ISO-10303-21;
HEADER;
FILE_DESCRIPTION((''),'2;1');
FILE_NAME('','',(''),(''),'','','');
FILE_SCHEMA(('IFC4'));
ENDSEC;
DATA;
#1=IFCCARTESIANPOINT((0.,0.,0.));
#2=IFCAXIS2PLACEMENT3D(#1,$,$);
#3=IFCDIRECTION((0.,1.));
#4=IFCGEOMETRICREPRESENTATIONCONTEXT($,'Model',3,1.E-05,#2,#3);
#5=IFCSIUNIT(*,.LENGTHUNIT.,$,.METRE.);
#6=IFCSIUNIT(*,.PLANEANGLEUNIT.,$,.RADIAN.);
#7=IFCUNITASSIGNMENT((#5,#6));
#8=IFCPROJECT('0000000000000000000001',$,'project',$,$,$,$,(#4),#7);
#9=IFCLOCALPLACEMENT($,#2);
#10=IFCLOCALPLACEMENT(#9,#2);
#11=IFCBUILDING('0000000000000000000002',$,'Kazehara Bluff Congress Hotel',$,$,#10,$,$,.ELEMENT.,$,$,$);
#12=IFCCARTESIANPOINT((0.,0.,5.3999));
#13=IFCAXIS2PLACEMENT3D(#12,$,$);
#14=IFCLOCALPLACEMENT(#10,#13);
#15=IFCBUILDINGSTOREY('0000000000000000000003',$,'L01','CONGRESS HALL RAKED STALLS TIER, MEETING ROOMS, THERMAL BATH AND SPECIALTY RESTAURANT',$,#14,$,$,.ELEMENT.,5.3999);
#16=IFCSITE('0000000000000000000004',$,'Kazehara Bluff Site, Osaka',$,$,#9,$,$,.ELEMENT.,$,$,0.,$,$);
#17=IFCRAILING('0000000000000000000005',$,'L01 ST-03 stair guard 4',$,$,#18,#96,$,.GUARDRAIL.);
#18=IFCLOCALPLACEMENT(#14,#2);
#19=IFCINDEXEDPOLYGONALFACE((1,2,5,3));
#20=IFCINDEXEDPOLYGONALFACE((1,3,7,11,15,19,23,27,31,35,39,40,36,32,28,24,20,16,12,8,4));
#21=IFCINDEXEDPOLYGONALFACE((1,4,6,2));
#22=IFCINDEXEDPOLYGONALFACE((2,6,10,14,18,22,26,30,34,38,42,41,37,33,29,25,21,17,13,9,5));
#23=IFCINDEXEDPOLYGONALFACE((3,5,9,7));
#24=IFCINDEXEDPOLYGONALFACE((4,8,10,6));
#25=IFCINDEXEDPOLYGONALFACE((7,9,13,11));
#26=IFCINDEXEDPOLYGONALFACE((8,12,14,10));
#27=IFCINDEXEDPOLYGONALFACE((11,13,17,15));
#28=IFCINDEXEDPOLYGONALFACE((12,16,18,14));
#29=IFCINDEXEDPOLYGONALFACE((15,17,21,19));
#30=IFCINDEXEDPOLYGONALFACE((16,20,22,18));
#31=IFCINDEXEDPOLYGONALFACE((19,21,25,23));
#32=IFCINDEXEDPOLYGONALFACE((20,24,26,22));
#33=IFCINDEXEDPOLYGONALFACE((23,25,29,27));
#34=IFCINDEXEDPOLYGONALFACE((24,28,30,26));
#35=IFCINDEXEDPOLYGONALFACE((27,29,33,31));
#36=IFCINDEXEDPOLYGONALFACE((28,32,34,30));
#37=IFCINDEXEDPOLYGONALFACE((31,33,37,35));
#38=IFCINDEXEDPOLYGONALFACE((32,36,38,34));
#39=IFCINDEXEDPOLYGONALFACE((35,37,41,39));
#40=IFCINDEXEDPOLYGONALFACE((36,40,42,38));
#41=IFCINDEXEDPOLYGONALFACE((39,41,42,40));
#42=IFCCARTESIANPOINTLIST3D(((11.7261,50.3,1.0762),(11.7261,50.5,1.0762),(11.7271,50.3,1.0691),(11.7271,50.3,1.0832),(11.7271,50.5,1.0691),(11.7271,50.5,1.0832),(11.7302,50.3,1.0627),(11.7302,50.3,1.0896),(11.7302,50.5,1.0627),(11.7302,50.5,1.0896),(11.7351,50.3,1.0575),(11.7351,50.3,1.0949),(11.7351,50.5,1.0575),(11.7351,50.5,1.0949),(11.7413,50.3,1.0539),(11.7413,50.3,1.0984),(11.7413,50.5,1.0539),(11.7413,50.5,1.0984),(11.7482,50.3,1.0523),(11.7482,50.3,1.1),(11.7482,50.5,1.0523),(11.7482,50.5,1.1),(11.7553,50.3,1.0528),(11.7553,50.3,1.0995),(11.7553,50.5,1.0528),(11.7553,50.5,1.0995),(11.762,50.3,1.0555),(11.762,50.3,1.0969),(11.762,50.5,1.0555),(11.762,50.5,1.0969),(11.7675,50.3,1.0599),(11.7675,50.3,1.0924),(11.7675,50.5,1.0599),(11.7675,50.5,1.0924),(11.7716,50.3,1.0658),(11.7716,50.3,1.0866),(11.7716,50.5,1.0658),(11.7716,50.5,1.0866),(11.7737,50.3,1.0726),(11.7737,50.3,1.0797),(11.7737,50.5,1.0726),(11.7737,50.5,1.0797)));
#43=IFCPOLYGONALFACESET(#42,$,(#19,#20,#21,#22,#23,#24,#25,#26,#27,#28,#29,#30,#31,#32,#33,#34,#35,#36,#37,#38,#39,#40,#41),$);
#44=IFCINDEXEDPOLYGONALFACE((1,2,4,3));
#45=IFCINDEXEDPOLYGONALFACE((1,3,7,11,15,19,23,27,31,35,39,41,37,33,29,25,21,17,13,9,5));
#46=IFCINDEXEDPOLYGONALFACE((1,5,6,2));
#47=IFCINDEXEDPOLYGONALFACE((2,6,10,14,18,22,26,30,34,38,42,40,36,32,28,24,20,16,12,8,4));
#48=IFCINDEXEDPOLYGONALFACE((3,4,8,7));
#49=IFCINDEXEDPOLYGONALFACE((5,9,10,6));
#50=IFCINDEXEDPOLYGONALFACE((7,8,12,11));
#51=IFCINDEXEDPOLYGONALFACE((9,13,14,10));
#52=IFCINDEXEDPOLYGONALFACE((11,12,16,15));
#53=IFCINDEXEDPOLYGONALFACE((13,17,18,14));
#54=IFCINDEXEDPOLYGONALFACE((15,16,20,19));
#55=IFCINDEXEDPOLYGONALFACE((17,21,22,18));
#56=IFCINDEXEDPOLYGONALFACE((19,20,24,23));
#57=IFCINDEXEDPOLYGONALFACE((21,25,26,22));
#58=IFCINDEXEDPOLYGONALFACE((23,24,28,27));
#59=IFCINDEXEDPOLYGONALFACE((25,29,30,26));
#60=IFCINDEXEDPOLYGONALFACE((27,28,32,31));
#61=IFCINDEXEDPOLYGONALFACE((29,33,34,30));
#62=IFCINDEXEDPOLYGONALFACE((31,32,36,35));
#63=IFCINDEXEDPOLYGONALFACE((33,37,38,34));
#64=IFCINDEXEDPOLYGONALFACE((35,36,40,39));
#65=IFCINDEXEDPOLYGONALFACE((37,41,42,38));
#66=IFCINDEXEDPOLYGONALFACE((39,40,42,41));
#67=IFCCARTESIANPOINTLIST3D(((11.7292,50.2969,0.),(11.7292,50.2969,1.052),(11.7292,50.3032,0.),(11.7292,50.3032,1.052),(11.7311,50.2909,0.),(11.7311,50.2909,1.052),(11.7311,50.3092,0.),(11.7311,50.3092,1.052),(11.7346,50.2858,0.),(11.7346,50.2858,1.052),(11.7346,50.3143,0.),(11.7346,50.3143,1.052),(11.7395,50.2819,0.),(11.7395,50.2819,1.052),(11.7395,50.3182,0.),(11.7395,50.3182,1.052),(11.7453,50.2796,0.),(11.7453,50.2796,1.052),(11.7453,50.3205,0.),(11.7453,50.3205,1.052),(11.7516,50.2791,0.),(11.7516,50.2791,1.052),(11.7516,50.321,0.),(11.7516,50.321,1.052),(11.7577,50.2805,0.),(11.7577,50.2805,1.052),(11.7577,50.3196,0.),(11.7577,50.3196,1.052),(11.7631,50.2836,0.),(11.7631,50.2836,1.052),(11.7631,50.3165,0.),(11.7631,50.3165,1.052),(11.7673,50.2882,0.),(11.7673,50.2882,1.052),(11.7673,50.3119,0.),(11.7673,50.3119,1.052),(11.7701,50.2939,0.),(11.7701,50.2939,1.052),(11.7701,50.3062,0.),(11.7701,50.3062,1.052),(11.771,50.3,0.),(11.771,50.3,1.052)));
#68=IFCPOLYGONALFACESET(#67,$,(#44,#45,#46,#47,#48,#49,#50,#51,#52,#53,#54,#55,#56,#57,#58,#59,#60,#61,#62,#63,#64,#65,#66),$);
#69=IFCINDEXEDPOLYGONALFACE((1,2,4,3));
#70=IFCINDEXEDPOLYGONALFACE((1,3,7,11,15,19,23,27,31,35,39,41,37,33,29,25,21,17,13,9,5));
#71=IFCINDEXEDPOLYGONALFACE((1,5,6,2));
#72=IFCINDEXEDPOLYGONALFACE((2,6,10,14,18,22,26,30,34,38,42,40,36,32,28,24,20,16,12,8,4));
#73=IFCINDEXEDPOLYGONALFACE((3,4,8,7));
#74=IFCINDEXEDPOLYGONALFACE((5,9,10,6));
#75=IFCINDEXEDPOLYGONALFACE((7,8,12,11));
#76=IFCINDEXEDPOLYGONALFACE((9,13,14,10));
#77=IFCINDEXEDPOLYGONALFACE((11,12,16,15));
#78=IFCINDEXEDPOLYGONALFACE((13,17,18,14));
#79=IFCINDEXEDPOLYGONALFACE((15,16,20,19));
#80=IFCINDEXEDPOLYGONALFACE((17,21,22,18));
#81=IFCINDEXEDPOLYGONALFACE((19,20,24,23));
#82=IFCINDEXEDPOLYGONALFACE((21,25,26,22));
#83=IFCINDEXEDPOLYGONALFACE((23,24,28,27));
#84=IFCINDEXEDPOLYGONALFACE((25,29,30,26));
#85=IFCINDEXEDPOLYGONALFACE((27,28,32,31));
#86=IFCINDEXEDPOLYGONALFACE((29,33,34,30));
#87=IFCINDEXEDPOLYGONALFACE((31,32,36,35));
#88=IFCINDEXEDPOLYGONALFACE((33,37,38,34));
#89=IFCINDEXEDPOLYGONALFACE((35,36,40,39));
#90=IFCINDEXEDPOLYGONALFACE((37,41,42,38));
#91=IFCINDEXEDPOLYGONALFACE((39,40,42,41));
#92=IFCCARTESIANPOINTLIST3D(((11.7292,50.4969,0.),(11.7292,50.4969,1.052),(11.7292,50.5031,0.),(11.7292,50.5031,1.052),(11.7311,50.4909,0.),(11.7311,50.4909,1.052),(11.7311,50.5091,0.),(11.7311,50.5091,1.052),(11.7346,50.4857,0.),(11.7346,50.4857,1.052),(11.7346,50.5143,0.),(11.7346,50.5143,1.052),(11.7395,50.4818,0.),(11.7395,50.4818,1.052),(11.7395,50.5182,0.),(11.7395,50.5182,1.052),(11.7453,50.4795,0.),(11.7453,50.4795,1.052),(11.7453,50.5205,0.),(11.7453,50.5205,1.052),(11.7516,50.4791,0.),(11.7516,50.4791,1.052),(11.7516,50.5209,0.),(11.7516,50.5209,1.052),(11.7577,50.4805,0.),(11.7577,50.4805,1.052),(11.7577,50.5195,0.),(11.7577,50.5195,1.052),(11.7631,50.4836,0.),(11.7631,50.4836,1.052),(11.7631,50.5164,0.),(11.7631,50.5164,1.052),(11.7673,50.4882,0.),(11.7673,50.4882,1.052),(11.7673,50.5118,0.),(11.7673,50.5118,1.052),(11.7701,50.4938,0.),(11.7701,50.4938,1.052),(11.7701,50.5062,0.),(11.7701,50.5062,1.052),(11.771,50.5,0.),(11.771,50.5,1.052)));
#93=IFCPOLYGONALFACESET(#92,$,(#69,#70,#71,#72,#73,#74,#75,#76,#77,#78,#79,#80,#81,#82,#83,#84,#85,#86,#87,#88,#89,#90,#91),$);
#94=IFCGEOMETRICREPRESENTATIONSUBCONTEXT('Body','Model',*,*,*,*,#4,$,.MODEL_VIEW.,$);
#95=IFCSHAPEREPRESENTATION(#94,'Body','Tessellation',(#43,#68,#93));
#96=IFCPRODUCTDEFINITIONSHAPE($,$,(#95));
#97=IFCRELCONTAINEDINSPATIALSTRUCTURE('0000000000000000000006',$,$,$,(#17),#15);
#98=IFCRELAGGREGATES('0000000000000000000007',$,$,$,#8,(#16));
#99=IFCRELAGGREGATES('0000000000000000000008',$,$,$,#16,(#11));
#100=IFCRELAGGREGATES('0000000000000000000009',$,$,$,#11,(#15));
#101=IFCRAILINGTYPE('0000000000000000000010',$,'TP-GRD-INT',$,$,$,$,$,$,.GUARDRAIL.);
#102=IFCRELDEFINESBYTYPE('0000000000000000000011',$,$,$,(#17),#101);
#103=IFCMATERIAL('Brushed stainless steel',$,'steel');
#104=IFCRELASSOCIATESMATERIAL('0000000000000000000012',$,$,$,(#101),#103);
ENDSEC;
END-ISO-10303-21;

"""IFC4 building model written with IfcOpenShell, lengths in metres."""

from ifc_helpers import new_model, si_unit, direction, frame, origin, origin_2d, place, context, subcontext, project, spatial, circle, extrude, material, type_object, element, save


model = new_model("IFC4")

# Units and contexts
model_context = context("Model", 3, precision=1e-05, world=origin(), true_north=direction((0.0, 1.0)))
body_context = subcontext(model_context, "Body", "Model", "MODEL_VIEW")
ifc_project = project(units=[si_unit("LENGTHUNIT", "METRE"), si_unit("PLANEANGLEUNIT", "RADIAN")], contexts=[model_context])

# Site, building, storey
site_placement = place(None, origin())
site = spatial("IfcSite", under=ifc_project, at=site_placement, Name="Kazehara Bluff Site, Osaka", CompositionType="ELEMENT", RefElevation=0.0)
building_placement = place(site_placement, origin())
building = spatial("IfcBuilding", under=site, at=building_placement, Name="Kazehara Bluff Congress Hotel", CompositionType="ELEMENT")
storey_placement = place(building_placement, frame((0.0, 0.0, 5.3999)))
storey = spatial("IfcBuildingStorey", under=building, at=storey_placement, Name="L01", Description="CONGRESS HALL RAKED STALLS TIER, MEETING ROOMS, THERMAL BATH AND SPECIALTY RESTAURANT", CompositionType="ELEMENT", Elevation=5.3999)

# Railing
ifc_material_1 = material(Name="Brushed stainless steel", Category="steel")
railing_type_1 = type_object("IfcRailingType", Name="TP-GRD-INT", PredefinedType="GUARDRAIL", material=ifc_material_1)
railing_1_placement = place(storey_placement, frame((11.75, 50.3, 0.0)))
element("IfcRailing", 1, at=railing_1_placement, inside=storey, type_object=railing_type_1, Name="L01 ST-03 stair guard 4", PredefinedType="GUARDRAIL", context=body_context, shape_type="SweptSolid", body=[
    extrude(circle(Radius=0.0239, at=origin_2d()), frame((0.0, 0.0, 1.0762), z_axis=(0.0, 1.0, 0.0), x_axis=(-1.0, 0.0, 0.0)), (0.0, 0.0, 1.0), 0.2),
    extrude(circle(Radius=0.021, at=origin_2d()), origin(), (0.0, 0.0, 1.0), 1.052),
    extrude(circle(Radius=0.021, at=origin_2d()), frame((0.0, 0.2, 0.0)), (0.0, 0.0, 1.0), 1.052),
])

save(model, "model.ifc")
